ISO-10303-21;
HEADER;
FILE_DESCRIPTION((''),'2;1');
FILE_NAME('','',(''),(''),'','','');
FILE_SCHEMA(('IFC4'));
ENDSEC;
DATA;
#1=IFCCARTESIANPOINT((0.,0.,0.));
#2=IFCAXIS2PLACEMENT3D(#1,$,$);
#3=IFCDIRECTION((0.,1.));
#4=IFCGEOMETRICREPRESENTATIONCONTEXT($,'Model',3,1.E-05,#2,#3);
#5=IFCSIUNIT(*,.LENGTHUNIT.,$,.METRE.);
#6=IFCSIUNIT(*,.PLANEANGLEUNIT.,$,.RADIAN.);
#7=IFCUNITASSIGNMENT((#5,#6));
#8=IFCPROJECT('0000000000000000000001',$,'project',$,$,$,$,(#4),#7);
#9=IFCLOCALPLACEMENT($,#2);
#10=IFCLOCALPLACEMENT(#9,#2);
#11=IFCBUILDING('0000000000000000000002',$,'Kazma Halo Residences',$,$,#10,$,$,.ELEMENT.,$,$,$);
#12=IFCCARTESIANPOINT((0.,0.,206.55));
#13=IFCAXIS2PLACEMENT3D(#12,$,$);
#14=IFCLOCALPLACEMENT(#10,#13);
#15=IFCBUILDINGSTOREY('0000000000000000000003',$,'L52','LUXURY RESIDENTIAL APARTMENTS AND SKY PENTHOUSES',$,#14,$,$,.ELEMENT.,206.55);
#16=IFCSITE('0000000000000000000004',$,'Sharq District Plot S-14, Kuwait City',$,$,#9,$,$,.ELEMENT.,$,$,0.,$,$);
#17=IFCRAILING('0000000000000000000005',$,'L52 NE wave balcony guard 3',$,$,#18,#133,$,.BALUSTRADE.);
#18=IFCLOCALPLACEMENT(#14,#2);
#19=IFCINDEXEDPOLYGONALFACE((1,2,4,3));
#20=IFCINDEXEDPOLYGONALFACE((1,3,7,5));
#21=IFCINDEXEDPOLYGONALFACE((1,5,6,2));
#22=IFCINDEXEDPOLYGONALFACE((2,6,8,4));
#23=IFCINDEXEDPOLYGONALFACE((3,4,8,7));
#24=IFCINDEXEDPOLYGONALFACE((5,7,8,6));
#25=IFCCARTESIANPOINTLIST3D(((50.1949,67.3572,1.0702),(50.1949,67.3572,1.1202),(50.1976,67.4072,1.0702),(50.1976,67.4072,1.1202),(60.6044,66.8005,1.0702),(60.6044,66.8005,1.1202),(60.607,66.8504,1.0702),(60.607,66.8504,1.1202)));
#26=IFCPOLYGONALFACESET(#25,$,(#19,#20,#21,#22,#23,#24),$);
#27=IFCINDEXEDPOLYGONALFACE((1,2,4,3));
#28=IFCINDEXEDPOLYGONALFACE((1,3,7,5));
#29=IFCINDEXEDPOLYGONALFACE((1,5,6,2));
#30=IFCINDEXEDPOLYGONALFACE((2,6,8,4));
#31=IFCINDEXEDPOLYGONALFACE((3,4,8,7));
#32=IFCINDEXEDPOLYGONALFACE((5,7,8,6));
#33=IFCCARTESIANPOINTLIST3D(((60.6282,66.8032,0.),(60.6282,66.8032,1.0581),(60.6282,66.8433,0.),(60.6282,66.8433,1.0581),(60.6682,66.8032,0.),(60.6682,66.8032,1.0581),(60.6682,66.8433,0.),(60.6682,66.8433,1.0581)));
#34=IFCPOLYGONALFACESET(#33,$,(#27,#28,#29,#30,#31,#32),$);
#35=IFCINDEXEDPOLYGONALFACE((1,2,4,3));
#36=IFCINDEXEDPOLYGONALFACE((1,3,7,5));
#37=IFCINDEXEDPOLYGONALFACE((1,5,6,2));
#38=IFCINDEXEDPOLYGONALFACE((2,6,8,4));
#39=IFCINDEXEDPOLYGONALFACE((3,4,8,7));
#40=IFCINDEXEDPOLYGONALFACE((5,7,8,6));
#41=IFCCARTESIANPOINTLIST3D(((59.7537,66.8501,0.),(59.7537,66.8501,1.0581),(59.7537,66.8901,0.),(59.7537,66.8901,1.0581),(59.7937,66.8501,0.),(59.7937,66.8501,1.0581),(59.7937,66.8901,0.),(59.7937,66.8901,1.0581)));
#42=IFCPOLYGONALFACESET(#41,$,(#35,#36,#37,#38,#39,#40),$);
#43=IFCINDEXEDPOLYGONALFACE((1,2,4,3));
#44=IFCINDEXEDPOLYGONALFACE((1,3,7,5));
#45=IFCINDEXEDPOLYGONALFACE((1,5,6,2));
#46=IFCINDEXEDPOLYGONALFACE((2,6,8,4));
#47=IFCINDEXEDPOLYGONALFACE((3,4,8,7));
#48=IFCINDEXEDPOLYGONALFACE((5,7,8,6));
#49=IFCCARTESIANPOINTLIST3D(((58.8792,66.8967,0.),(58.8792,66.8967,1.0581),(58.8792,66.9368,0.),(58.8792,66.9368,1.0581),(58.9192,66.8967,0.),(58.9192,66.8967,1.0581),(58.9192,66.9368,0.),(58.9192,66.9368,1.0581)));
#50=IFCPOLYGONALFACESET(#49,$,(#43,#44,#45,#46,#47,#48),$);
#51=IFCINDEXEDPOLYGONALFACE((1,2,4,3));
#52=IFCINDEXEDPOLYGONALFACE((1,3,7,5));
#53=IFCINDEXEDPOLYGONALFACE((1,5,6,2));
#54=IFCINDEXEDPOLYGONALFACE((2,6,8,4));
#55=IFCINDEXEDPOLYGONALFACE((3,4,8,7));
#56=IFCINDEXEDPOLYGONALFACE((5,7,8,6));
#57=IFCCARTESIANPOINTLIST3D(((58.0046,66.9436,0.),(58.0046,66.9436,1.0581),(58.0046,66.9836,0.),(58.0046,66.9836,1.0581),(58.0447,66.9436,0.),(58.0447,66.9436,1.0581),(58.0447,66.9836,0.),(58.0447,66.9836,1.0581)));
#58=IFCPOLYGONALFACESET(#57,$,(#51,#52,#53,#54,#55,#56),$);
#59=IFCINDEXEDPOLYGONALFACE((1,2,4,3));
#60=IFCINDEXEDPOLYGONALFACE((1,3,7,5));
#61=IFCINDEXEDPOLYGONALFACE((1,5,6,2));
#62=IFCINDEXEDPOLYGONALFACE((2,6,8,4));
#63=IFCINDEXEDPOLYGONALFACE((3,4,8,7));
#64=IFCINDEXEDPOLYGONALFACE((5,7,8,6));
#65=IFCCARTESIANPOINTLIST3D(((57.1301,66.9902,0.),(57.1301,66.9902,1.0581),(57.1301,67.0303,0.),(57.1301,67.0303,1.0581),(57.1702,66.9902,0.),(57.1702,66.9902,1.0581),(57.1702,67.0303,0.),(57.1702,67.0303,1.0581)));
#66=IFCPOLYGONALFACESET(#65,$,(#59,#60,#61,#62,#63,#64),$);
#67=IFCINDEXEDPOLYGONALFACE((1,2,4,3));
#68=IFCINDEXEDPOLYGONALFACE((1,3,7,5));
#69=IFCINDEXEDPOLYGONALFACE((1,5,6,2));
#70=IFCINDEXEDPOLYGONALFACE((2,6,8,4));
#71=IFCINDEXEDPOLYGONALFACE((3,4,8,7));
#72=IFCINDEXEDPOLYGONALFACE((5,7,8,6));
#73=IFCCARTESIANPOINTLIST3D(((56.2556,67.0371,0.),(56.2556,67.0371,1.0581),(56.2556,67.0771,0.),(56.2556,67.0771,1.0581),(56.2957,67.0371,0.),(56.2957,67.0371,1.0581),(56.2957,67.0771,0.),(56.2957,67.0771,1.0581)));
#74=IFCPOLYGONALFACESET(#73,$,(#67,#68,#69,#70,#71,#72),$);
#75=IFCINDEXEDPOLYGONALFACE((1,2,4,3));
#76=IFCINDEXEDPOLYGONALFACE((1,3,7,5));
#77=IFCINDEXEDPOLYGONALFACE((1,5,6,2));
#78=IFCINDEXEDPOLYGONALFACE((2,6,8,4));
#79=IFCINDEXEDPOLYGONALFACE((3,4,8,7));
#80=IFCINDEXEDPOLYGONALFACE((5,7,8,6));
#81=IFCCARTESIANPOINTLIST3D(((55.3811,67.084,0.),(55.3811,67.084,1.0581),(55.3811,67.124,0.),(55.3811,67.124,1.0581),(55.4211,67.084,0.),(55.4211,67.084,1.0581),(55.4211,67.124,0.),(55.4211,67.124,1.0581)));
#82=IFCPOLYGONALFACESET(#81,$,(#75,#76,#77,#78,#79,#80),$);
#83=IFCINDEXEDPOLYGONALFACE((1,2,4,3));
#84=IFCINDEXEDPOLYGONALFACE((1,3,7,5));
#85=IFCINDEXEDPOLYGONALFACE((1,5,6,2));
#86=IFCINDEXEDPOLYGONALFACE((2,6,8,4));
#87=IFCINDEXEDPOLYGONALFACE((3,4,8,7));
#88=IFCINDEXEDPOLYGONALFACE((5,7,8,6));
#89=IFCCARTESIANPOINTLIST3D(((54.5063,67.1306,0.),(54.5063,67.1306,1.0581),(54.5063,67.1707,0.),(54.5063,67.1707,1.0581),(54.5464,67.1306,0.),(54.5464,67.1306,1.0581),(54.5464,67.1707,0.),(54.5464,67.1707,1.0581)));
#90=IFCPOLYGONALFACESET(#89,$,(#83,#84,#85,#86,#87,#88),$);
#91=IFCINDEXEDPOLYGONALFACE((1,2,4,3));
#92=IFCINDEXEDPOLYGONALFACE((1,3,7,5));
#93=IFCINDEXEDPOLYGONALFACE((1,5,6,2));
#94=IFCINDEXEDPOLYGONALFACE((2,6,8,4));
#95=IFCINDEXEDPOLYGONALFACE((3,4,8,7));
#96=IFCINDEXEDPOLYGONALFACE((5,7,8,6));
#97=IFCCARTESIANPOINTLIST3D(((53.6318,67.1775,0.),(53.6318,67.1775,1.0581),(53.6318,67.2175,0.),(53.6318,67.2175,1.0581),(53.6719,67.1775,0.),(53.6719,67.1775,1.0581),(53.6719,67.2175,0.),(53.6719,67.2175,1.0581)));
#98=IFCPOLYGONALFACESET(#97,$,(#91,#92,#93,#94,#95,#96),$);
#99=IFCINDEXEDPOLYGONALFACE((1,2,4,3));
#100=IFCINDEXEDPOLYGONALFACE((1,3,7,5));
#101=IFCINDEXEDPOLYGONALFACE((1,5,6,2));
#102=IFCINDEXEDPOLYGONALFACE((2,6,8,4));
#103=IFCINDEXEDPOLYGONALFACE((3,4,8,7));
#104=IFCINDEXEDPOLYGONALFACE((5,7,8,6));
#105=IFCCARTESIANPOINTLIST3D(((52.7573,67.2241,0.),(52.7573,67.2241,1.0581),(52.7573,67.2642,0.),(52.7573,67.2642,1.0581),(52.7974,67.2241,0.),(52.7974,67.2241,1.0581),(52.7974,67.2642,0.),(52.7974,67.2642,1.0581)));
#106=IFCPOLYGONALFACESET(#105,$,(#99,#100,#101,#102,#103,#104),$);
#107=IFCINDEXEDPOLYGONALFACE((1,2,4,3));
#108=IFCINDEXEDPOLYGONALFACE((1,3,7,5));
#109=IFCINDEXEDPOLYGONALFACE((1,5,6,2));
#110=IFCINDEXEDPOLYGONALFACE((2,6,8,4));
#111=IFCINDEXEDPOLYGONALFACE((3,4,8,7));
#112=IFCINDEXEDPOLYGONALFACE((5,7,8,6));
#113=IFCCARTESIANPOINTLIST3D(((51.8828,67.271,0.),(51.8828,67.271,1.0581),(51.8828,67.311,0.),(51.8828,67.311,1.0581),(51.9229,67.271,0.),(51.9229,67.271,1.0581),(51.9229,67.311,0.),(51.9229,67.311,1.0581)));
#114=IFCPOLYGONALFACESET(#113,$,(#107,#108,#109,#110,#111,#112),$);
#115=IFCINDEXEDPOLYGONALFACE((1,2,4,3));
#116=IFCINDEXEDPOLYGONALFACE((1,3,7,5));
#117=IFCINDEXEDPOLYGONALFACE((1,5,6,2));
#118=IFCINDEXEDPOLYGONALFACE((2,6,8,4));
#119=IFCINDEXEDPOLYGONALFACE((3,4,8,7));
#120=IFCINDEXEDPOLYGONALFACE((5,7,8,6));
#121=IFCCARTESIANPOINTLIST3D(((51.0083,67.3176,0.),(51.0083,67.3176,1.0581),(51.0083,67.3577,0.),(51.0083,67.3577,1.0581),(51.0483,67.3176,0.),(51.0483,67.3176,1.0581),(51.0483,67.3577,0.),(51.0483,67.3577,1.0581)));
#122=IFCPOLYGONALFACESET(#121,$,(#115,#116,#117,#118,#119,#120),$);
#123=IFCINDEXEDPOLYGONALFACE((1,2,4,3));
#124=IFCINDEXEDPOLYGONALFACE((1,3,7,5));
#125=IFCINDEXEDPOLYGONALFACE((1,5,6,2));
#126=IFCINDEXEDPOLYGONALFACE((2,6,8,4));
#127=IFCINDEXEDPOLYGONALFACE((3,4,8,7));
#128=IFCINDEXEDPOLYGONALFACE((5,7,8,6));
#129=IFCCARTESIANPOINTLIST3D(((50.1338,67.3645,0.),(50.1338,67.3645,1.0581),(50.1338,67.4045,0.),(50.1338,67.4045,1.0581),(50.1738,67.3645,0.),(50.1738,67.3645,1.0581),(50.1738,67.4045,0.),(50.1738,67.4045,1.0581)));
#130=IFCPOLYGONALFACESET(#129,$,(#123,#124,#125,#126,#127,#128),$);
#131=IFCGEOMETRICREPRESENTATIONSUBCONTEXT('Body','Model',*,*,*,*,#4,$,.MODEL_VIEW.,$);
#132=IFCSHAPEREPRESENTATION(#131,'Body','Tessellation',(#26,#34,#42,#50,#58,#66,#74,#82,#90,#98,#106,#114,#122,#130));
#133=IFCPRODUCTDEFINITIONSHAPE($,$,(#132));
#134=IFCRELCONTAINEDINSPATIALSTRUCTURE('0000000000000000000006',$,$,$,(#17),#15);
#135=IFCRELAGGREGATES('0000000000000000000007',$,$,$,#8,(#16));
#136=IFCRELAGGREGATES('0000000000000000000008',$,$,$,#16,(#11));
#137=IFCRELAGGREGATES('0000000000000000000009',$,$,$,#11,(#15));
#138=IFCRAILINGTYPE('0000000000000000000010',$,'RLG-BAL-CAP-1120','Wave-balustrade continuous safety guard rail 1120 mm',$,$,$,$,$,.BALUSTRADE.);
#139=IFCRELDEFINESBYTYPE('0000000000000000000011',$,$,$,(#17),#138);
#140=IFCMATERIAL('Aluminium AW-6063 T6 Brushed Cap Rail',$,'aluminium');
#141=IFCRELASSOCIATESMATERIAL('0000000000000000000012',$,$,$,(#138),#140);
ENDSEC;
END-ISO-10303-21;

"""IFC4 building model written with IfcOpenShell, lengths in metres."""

from ifc_helpers import new_model, si_unit, direction, frame, origin, origin_2d, place, context, subcontext, project, spatial, rectangle, extrude, material, type_object, element, save


model = new_model("IFC4")

# Units and contexts
model_context = context("Model", 3, precision=1e-05, world=origin(), true_north=direction((0.0, 1.0)))
body_context = subcontext(model_context, "Body", "Model", "MODEL_VIEW")
ifc_project = project(units=[si_unit("LENGTHUNIT", "METRE"), si_unit("PLANEANGLEUNIT", "RADIAN")], contexts=[model_context])

# Site, building, storey
site_placement = place(None, origin())
site = spatial("IfcSite", under=ifc_project, at=site_placement, Name="Sharq District Plot S-14, Kuwait City", CompositionType="ELEMENT", RefElevation=0.0)
building_placement = place(site_placement, origin())
building = spatial("IfcBuilding", under=site, at=building_placement, Name="Kazma Halo Residences", CompositionType="ELEMENT")
storey_placement = place(building_placement, frame((0.0, 0.0, 206.55)))
storey = spatial("IfcBuildingStorey", under=building, at=storey_placement, Name="L52", Description="LUXURY RESIDENTIAL APARTMENTS AND SKY PENTHOUSES", CompositionType="ELEMENT", Elevation=206.55)

# Railing
ifc_material_1 = material(Name="Aluminium AW-6063 T6 Brushed Cap Rail", Category="aluminium")
railing_type = type_object("IfcRailingType", Name="RLG-BAL-CAP-1120", Description="Wave-balustrade continuous safety guard rail 1120 mm", PredefinedType="BALUSTRADE", material=ifc_material_1)
railing_1_placement = place(storey_placement, frame((60.6482, 66.8232, 0.0)))
element("IfcRailing", 1, at=railing_1_placement, inside=storey, type_object=railing_type, Name="L52 NE wave balcony guard 3", PredefinedType="BALUSTRADE", context=body_context, shape_type="SweptSolid", body=[
    extrude(rectangle(XDim=0.05, YDim=0.05, at=origin_2d()), frame((-0.0425, 0.0022, 1.0952), z_axis=(-0.998573, 0.053407, 0.0), x_axis=(-0.053407, -0.998573, 0.0)), (0.0, 0.0, 1.0), 10.4243),
    extrude(rectangle(XDim=0.04, YDim=0.04, at=origin_2d()), origin(), (0.0, 0.0, 1.0), 1.0581),
    extrude(rectangle(XDim=0.04, YDim=0.04, at=origin_2d()), frame((-0.8745, 0.0469, 0.0)), (0.0, 0.0, 1.0), 1.0581),
    extrude(rectangle(XDim=0.04, YDim=0.04, at=origin_2d()), frame((-1.749, 0.0935, 0.0)), (0.0, 0.0, 1.0), 1.0581),
    extrude(rectangle(XDim=0.04, YDim=0.04, at=origin_2d()), frame((-2.6235, 0.1404, 0.0)), (0.0, 0.0, 1.0), 1.0581),
    extrude(rectangle(XDim=0.04, YDim=0.04, at=origin_2d()), frame((-3.498, 0.187, 0.0)), (0.0, 0.0, 1.0), 1.0581),
    extrude(rectangle(XDim=0.04, YDim=0.04, at=origin_2d()), frame((-4.3726, 0.2339, 0.0)), (0.0, 0.0, 1.0), 1.0581),
    extrude(rectangle(XDim=0.04, YDim=0.04, at=origin_2d()), frame((-5.2471, 0.2808, 0.0)), (0.0, 0.0, 1.0), 1.0581),
    extrude(rectangle(XDim=0.04, YDim=0.04, at=origin_2d()), frame((-6.1218, 0.3274, 0.0)), (0.0, 0.0, 1.0), 1.0581),
    extrude(rectangle(XDim=0.04, YDim=0.04, at=origin_2d()), frame((-6.9963, 0.3743, 0.0)), (0.0, 0.0, 1.0), 1.0581),
    extrude(rectangle(XDim=0.04, YDim=0.04, at=origin_2d()), frame((-7.8708, 0.4209, 0.0)), (0.0, 0.0, 1.0), 1.0581),
    extrude(rectangle(XDim=0.04, YDim=0.04, at=origin_2d()), frame((-8.7454, 0.4678, 0.0)), (0.0, 0.0, 1.0), 1.0581),
    extrude(rectangle(XDim=0.04, YDim=0.04, at=origin_2d()), frame((-9.6199, 0.5144, 0.0)), (0.0, 0.0, 1.0), 1.0581),
    extrude(rectangle(XDim=0.04, YDim=0.04, at=origin_2d()), frame((-10.4944, 0.5613, 0.0)), (0.0, 0.0, 1.0), 1.0581),
])

save(model, "model.ifc")
